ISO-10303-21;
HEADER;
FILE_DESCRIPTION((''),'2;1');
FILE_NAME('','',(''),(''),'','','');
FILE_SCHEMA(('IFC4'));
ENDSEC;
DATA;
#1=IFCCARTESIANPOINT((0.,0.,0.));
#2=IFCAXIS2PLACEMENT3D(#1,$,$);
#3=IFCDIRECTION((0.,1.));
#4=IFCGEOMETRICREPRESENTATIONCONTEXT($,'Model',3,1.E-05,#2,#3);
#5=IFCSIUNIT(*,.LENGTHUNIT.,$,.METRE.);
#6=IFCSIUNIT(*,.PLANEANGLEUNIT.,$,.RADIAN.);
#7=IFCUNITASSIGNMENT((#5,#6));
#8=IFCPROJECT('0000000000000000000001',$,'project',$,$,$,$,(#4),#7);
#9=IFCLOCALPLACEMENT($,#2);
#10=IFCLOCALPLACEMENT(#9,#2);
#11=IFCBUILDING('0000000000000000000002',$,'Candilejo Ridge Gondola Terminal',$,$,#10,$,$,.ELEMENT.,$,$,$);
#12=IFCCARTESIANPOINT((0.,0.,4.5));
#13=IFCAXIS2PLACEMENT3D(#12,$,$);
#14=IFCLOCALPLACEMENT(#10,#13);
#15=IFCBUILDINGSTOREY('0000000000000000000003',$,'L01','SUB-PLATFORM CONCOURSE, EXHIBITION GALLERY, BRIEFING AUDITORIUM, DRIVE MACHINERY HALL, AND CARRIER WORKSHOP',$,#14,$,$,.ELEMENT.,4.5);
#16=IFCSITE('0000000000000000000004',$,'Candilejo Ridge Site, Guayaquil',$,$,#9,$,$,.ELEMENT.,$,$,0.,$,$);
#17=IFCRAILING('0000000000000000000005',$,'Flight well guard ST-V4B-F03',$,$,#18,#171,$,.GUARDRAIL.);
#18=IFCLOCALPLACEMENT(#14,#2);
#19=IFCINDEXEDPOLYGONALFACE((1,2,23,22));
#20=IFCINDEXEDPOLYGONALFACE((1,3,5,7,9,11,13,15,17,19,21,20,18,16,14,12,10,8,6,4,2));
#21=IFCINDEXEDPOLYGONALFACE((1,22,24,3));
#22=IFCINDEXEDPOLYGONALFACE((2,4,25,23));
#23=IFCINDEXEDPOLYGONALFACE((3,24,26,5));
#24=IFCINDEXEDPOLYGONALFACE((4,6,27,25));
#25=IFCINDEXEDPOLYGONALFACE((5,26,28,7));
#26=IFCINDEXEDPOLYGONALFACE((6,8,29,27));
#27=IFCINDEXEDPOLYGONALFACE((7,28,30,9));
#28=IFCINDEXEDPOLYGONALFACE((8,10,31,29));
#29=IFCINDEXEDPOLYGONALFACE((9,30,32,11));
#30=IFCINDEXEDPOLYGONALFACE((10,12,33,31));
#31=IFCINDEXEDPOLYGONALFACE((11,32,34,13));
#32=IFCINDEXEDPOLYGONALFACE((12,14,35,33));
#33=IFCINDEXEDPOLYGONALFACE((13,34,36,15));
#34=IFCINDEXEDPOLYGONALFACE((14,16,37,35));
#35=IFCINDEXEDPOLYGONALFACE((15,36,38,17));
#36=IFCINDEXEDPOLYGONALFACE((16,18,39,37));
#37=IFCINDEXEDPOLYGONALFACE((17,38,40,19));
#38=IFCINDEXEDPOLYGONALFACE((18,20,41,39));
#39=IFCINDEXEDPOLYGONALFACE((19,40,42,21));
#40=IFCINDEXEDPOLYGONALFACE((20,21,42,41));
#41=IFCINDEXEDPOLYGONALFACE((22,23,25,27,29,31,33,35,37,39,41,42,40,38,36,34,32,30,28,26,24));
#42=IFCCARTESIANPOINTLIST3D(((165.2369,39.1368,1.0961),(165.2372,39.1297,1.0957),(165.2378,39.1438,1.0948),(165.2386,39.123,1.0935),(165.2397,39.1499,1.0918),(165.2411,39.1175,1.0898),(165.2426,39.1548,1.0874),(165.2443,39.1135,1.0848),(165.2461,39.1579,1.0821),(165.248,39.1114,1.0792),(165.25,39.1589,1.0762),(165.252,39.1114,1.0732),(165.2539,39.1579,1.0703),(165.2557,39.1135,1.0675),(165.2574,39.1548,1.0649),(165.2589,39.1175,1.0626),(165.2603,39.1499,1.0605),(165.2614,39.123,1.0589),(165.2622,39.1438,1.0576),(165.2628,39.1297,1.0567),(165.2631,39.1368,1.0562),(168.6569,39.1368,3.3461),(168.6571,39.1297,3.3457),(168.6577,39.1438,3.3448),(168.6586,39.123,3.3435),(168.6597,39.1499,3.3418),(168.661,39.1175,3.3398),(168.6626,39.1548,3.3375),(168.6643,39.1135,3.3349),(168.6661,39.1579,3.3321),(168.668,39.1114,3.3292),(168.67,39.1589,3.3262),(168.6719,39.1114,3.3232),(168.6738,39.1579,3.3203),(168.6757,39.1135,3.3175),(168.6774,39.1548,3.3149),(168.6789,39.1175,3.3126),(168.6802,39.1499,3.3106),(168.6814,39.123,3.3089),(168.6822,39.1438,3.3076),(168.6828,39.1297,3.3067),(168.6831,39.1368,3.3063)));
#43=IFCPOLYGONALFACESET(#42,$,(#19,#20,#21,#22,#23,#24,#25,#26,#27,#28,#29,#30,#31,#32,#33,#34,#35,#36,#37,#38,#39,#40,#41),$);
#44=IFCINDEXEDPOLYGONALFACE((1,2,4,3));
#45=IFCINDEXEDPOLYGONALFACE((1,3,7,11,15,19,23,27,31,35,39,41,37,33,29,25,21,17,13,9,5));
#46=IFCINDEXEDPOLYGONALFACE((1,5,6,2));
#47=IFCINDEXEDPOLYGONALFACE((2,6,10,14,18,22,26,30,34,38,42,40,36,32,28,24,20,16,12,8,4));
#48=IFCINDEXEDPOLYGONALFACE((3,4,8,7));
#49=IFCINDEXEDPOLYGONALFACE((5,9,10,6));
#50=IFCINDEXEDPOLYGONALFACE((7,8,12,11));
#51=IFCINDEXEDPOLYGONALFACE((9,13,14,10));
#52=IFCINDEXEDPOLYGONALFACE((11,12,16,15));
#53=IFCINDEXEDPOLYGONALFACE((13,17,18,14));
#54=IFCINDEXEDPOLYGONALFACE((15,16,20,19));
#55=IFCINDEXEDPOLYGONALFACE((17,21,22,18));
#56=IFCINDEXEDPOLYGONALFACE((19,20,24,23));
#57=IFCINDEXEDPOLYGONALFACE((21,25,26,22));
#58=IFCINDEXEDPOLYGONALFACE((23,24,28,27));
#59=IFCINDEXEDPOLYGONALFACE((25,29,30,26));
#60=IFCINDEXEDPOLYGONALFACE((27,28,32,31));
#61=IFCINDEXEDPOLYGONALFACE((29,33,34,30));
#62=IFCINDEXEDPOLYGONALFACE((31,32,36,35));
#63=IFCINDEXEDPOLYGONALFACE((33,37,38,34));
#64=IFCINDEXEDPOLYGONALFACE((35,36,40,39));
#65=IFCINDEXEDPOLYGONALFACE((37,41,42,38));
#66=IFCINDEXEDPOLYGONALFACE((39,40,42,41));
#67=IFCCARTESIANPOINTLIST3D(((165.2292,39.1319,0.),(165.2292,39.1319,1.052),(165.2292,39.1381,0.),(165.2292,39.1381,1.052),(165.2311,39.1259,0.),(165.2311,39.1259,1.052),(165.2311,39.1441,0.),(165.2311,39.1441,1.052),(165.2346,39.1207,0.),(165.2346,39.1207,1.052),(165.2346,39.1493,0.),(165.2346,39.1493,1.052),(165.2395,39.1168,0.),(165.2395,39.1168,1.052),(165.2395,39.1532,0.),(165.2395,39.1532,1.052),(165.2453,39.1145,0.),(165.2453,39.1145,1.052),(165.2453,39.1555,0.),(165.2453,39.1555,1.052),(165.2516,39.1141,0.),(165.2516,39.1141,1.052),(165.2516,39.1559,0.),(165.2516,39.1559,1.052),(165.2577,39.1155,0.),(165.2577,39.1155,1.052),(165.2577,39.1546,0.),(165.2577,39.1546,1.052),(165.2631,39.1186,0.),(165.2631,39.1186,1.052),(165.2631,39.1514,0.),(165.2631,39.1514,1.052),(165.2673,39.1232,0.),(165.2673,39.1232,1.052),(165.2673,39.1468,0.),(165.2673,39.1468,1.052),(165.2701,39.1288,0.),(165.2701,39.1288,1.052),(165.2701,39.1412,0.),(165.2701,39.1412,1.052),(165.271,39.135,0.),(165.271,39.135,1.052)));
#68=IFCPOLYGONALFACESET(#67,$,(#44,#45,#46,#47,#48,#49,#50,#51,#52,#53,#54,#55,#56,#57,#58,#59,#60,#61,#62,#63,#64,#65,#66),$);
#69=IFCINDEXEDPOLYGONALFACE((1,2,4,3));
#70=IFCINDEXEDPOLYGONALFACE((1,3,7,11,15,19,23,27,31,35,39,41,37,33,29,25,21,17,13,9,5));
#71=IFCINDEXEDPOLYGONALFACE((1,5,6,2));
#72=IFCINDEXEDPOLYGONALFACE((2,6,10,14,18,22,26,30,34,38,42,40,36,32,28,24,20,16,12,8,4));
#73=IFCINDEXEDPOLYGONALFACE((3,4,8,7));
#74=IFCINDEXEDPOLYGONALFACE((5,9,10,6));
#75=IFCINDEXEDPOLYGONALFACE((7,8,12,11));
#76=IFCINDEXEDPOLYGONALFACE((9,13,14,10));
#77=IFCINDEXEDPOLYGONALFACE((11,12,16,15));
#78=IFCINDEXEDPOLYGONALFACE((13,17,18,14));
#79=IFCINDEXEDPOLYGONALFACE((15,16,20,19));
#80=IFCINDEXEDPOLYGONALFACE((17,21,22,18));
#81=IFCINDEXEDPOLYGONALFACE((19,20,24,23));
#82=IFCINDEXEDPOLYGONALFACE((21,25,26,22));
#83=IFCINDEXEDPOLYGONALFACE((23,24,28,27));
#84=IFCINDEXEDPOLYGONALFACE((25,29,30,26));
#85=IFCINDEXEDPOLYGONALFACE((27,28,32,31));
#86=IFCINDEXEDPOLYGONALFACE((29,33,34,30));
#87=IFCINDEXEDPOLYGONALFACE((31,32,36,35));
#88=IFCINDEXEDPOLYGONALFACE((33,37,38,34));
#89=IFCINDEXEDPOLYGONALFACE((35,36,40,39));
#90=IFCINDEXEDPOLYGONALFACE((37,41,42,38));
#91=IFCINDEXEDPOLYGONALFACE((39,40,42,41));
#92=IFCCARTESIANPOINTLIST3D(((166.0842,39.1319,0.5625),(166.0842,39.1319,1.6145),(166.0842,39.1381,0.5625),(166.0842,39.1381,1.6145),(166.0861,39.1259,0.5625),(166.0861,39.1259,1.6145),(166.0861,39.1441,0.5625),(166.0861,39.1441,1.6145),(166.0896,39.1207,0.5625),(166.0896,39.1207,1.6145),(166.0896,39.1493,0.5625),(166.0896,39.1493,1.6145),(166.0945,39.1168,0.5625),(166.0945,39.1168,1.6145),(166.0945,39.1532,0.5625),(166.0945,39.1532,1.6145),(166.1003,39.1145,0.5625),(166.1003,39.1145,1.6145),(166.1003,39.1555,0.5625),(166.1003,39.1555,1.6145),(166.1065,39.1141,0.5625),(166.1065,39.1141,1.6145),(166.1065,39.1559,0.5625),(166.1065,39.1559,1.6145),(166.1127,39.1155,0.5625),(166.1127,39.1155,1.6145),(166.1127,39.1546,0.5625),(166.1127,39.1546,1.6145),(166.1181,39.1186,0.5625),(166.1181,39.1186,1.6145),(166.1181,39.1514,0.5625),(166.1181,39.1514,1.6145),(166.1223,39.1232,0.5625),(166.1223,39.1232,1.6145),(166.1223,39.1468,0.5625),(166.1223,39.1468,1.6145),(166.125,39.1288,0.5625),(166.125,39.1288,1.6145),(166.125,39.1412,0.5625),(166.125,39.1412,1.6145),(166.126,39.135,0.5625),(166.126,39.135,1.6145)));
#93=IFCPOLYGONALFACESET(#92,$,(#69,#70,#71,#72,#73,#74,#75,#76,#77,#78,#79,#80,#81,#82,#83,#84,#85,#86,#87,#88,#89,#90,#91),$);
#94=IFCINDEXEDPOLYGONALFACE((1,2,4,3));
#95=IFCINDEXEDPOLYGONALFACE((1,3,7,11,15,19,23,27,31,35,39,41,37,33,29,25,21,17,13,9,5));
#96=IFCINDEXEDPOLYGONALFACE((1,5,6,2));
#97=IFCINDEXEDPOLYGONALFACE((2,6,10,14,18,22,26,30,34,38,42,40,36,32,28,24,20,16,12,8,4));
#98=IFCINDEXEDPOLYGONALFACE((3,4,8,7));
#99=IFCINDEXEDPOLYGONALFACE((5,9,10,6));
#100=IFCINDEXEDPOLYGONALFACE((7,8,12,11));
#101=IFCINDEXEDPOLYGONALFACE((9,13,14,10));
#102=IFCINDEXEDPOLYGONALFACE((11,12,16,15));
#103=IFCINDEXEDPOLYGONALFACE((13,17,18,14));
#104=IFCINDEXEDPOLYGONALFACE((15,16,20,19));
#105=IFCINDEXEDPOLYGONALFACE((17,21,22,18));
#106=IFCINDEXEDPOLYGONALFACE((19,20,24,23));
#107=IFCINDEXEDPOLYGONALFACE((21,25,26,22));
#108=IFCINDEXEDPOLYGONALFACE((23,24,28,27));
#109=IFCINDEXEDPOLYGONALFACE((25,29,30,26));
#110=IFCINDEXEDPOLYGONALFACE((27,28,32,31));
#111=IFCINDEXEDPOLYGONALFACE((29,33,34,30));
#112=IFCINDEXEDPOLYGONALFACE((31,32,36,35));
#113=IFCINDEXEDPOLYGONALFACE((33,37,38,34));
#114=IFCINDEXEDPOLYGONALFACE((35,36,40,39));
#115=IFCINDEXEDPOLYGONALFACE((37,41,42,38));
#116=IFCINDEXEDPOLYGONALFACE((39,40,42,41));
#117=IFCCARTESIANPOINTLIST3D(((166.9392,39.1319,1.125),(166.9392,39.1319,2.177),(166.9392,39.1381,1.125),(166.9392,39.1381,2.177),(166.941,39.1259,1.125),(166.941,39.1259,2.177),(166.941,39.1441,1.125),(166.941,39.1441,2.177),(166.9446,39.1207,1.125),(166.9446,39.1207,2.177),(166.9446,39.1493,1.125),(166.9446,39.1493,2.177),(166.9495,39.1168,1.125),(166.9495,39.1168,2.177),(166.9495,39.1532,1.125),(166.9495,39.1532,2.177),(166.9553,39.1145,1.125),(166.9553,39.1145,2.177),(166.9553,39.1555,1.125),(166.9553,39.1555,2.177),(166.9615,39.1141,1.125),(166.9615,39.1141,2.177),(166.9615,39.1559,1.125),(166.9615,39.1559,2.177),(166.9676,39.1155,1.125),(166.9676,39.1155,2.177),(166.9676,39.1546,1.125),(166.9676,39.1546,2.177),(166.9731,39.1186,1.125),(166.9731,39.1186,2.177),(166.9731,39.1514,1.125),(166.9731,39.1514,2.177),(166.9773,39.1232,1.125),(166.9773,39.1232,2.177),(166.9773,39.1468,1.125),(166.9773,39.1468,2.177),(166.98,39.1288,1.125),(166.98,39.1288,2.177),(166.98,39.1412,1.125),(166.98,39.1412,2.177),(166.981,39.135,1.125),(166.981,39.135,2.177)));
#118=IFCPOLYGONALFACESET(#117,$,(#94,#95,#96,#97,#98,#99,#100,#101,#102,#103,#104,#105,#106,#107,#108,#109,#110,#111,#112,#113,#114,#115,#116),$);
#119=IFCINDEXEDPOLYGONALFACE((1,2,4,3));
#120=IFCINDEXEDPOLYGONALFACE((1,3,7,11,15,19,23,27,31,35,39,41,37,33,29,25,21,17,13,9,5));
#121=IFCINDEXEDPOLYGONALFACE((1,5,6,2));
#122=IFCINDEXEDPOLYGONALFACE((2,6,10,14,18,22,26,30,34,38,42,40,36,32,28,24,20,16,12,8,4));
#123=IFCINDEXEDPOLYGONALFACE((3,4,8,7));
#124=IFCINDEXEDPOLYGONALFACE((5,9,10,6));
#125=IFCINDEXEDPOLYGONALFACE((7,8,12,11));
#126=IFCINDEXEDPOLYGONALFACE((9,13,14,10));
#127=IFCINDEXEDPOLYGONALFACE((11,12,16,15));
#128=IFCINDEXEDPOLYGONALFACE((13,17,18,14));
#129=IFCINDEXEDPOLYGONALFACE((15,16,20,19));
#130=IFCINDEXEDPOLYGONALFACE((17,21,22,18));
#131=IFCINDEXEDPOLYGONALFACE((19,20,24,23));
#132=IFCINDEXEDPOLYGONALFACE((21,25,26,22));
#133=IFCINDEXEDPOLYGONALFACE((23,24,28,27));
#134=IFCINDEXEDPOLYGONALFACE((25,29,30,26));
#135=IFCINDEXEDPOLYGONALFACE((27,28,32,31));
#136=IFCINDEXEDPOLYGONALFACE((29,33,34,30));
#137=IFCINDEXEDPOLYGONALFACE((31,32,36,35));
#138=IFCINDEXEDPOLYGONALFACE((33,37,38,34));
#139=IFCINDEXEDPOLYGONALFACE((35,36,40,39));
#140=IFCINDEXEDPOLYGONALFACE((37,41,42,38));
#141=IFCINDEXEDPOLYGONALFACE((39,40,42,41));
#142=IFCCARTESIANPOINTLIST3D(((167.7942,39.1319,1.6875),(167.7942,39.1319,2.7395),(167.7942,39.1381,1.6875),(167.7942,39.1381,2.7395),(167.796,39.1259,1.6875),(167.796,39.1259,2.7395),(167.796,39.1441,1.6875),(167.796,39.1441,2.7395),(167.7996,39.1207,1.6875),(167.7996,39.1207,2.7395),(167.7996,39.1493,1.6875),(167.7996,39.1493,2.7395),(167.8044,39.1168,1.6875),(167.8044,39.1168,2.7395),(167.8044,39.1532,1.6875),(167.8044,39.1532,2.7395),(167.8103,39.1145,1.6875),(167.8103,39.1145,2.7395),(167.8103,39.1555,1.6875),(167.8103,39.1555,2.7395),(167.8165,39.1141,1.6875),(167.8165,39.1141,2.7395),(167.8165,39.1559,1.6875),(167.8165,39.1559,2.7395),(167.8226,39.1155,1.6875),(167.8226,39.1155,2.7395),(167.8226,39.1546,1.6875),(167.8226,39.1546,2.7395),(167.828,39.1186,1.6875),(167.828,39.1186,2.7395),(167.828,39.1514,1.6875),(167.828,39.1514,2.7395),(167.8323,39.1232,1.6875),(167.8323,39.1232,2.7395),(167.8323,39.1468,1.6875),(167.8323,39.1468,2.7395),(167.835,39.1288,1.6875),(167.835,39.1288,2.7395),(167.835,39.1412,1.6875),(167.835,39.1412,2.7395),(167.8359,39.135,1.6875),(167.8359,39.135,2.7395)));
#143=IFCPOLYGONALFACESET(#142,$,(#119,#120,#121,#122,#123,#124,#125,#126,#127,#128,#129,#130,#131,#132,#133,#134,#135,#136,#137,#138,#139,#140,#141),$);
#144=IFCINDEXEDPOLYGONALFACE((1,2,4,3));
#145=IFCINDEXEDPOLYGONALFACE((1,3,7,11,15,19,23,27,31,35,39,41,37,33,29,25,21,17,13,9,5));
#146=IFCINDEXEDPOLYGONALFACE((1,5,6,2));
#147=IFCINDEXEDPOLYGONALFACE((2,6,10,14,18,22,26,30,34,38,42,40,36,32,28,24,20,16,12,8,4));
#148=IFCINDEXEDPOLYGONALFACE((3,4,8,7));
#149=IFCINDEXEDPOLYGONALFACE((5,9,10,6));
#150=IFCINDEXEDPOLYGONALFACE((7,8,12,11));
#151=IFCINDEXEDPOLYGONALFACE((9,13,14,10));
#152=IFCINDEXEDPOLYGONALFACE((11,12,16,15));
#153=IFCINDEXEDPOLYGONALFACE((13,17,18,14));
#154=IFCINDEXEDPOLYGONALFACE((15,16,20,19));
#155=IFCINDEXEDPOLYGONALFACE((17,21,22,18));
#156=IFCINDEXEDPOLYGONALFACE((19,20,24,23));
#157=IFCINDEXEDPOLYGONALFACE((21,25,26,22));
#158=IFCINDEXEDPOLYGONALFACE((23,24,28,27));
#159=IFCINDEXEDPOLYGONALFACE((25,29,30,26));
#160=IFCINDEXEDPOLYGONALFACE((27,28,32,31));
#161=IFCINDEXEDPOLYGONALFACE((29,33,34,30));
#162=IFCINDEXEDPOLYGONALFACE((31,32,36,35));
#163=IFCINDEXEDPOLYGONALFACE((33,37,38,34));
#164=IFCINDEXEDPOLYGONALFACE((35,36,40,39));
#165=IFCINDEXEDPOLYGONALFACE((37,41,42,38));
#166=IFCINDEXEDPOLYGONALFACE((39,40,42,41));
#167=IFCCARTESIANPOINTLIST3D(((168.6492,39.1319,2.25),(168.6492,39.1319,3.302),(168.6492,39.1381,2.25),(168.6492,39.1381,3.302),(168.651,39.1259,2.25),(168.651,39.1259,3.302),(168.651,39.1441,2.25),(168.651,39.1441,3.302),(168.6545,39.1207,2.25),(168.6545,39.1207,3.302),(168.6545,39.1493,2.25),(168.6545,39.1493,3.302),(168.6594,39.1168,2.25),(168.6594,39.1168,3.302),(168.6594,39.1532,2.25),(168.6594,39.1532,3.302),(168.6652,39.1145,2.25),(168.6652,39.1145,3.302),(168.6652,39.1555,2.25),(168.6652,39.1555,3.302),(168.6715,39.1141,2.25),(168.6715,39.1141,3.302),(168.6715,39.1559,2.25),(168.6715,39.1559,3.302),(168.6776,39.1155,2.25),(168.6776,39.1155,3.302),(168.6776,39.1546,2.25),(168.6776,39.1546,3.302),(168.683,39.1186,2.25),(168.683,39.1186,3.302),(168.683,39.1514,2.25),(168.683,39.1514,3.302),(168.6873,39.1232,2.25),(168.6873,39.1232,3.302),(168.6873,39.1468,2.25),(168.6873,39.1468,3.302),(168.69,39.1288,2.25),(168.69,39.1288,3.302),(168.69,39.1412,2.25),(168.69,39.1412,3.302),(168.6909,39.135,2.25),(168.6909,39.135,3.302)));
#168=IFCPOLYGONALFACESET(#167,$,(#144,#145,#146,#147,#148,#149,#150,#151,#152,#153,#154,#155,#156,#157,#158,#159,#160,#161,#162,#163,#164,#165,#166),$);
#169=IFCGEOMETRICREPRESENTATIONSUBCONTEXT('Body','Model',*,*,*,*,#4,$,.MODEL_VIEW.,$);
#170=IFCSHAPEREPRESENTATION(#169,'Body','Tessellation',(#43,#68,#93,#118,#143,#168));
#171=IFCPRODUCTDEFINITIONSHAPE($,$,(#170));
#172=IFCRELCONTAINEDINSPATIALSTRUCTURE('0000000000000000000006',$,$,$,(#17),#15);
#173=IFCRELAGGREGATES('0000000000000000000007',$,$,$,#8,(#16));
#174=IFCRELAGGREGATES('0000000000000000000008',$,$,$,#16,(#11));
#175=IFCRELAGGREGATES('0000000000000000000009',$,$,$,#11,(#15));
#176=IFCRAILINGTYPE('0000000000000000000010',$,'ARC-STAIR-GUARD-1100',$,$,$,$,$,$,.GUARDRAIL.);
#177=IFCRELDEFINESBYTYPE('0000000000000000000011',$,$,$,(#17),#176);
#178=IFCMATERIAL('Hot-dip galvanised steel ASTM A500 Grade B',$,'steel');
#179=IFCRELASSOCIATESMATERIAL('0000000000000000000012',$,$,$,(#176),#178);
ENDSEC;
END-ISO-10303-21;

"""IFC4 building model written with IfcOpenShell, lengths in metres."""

from ifc_helpers import new_model, si_unit, direction, frame, origin, origin_2d, place, context, subcontext, project, spatial, circle, extrude, material, type_object, element, save


model = new_model("IFC4")

# Units and contexts
model_context = context("Model", 3, precision=1e-05, world=origin(), true_north=direction((0.0, 1.0)))
body_context = subcontext(model_context, "Body", "Model", "MODEL_VIEW")
ifc_project = project(units=[si_unit("LENGTHUNIT", "METRE"), si_unit("PLANEANGLEUNIT", "RADIAN")], contexts=[model_context])

# Site, building, storey
site_placement = place(None, origin())
site = spatial("IfcSite", under=ifc_project, at=site_placement, Name="Candilejo Ridge Site, Guayaquil", CompositionType="ELEMENT", RefElevation=0.0)
building_placement = place(site_placement, origin())
building = spatial("IfcBuilding", under=site, at=building_placement, Name="Candilejo Ridge Gondola Terminal", CompositionType="ELEMENT")
storey_placement = place(building_placement, frame((0.0, 0.0, 4.5)))
storey = spatial("IfcBuildingStorey", under=building, at=storey_placement, Name="L01", Description="SUB-PLATFORM CONCOURSE, EXHIBITION GALLERY, BRIEFING AUDITORIUM, DRIVE MACHINERY HALL, AND CARRIER WORKSHOP", CompositionType="ELEMENT", Elevation=4.5)

# Railing
ifc_material_1 = material(Name="Hot-dip galvanised steel ASTM A500 Grade B", Category="steel")
railing_type_1 = type_object("IfcRailingType", Name="ARC-STAIR-GUARD-1100", PredefinedType="GUARDRAIL", material=ifc_material_1)
railing_1_placement = place(storey_placement, frame((165.25, 39.135, 0.0)))
element("IfcRailing", 1, at=railing_1_placement, inside=storey, type_object=railing_type_1, Name="Flight well guard ST-V4B-F03", PredefinedType="GUARDRAIL", context=body_context, shape_type="SweptSolid", body=[
    extrude(circle(Radius=0.0239, at=origin_2d()), frame((0.0, 0.0, 1.0762), z_axis=(0.835411, 0.0, 0.549625), x_axis=(0.0, 1.0, 0.0)), (0.0, 0.0, 1.0), 4.0938),
    extrude(circle(Radius=0.021, at=origin_2d()), origin(), (0.0, 0.0, 1.0), 1.052),
    extrude(circle(Radius=0.021, at=origin_2d()), frame((0.855, 0.0, 0.5625)), (0.0, 0.0, 1.0), 1.052),
    extrude(circle(Radius=0.021, at=origin_2d()), frame((1.71, 0.0, 1.125)), (0.0, 0.0, 1.0), 1.052),
    extrude(circle(Radius=0.021, at=origin_2d()), frame((2.5649, 0.0, 1.6875)), (0.0, 0.0, 1.0), 1.052),
    extrude(circle(Radius=0.021, at=origin_2d()), frame((3.4199, 0.0, 2.25)), (0.0, 0.0, 1.0), 1.052),
])

save(model, "model.ifc")
